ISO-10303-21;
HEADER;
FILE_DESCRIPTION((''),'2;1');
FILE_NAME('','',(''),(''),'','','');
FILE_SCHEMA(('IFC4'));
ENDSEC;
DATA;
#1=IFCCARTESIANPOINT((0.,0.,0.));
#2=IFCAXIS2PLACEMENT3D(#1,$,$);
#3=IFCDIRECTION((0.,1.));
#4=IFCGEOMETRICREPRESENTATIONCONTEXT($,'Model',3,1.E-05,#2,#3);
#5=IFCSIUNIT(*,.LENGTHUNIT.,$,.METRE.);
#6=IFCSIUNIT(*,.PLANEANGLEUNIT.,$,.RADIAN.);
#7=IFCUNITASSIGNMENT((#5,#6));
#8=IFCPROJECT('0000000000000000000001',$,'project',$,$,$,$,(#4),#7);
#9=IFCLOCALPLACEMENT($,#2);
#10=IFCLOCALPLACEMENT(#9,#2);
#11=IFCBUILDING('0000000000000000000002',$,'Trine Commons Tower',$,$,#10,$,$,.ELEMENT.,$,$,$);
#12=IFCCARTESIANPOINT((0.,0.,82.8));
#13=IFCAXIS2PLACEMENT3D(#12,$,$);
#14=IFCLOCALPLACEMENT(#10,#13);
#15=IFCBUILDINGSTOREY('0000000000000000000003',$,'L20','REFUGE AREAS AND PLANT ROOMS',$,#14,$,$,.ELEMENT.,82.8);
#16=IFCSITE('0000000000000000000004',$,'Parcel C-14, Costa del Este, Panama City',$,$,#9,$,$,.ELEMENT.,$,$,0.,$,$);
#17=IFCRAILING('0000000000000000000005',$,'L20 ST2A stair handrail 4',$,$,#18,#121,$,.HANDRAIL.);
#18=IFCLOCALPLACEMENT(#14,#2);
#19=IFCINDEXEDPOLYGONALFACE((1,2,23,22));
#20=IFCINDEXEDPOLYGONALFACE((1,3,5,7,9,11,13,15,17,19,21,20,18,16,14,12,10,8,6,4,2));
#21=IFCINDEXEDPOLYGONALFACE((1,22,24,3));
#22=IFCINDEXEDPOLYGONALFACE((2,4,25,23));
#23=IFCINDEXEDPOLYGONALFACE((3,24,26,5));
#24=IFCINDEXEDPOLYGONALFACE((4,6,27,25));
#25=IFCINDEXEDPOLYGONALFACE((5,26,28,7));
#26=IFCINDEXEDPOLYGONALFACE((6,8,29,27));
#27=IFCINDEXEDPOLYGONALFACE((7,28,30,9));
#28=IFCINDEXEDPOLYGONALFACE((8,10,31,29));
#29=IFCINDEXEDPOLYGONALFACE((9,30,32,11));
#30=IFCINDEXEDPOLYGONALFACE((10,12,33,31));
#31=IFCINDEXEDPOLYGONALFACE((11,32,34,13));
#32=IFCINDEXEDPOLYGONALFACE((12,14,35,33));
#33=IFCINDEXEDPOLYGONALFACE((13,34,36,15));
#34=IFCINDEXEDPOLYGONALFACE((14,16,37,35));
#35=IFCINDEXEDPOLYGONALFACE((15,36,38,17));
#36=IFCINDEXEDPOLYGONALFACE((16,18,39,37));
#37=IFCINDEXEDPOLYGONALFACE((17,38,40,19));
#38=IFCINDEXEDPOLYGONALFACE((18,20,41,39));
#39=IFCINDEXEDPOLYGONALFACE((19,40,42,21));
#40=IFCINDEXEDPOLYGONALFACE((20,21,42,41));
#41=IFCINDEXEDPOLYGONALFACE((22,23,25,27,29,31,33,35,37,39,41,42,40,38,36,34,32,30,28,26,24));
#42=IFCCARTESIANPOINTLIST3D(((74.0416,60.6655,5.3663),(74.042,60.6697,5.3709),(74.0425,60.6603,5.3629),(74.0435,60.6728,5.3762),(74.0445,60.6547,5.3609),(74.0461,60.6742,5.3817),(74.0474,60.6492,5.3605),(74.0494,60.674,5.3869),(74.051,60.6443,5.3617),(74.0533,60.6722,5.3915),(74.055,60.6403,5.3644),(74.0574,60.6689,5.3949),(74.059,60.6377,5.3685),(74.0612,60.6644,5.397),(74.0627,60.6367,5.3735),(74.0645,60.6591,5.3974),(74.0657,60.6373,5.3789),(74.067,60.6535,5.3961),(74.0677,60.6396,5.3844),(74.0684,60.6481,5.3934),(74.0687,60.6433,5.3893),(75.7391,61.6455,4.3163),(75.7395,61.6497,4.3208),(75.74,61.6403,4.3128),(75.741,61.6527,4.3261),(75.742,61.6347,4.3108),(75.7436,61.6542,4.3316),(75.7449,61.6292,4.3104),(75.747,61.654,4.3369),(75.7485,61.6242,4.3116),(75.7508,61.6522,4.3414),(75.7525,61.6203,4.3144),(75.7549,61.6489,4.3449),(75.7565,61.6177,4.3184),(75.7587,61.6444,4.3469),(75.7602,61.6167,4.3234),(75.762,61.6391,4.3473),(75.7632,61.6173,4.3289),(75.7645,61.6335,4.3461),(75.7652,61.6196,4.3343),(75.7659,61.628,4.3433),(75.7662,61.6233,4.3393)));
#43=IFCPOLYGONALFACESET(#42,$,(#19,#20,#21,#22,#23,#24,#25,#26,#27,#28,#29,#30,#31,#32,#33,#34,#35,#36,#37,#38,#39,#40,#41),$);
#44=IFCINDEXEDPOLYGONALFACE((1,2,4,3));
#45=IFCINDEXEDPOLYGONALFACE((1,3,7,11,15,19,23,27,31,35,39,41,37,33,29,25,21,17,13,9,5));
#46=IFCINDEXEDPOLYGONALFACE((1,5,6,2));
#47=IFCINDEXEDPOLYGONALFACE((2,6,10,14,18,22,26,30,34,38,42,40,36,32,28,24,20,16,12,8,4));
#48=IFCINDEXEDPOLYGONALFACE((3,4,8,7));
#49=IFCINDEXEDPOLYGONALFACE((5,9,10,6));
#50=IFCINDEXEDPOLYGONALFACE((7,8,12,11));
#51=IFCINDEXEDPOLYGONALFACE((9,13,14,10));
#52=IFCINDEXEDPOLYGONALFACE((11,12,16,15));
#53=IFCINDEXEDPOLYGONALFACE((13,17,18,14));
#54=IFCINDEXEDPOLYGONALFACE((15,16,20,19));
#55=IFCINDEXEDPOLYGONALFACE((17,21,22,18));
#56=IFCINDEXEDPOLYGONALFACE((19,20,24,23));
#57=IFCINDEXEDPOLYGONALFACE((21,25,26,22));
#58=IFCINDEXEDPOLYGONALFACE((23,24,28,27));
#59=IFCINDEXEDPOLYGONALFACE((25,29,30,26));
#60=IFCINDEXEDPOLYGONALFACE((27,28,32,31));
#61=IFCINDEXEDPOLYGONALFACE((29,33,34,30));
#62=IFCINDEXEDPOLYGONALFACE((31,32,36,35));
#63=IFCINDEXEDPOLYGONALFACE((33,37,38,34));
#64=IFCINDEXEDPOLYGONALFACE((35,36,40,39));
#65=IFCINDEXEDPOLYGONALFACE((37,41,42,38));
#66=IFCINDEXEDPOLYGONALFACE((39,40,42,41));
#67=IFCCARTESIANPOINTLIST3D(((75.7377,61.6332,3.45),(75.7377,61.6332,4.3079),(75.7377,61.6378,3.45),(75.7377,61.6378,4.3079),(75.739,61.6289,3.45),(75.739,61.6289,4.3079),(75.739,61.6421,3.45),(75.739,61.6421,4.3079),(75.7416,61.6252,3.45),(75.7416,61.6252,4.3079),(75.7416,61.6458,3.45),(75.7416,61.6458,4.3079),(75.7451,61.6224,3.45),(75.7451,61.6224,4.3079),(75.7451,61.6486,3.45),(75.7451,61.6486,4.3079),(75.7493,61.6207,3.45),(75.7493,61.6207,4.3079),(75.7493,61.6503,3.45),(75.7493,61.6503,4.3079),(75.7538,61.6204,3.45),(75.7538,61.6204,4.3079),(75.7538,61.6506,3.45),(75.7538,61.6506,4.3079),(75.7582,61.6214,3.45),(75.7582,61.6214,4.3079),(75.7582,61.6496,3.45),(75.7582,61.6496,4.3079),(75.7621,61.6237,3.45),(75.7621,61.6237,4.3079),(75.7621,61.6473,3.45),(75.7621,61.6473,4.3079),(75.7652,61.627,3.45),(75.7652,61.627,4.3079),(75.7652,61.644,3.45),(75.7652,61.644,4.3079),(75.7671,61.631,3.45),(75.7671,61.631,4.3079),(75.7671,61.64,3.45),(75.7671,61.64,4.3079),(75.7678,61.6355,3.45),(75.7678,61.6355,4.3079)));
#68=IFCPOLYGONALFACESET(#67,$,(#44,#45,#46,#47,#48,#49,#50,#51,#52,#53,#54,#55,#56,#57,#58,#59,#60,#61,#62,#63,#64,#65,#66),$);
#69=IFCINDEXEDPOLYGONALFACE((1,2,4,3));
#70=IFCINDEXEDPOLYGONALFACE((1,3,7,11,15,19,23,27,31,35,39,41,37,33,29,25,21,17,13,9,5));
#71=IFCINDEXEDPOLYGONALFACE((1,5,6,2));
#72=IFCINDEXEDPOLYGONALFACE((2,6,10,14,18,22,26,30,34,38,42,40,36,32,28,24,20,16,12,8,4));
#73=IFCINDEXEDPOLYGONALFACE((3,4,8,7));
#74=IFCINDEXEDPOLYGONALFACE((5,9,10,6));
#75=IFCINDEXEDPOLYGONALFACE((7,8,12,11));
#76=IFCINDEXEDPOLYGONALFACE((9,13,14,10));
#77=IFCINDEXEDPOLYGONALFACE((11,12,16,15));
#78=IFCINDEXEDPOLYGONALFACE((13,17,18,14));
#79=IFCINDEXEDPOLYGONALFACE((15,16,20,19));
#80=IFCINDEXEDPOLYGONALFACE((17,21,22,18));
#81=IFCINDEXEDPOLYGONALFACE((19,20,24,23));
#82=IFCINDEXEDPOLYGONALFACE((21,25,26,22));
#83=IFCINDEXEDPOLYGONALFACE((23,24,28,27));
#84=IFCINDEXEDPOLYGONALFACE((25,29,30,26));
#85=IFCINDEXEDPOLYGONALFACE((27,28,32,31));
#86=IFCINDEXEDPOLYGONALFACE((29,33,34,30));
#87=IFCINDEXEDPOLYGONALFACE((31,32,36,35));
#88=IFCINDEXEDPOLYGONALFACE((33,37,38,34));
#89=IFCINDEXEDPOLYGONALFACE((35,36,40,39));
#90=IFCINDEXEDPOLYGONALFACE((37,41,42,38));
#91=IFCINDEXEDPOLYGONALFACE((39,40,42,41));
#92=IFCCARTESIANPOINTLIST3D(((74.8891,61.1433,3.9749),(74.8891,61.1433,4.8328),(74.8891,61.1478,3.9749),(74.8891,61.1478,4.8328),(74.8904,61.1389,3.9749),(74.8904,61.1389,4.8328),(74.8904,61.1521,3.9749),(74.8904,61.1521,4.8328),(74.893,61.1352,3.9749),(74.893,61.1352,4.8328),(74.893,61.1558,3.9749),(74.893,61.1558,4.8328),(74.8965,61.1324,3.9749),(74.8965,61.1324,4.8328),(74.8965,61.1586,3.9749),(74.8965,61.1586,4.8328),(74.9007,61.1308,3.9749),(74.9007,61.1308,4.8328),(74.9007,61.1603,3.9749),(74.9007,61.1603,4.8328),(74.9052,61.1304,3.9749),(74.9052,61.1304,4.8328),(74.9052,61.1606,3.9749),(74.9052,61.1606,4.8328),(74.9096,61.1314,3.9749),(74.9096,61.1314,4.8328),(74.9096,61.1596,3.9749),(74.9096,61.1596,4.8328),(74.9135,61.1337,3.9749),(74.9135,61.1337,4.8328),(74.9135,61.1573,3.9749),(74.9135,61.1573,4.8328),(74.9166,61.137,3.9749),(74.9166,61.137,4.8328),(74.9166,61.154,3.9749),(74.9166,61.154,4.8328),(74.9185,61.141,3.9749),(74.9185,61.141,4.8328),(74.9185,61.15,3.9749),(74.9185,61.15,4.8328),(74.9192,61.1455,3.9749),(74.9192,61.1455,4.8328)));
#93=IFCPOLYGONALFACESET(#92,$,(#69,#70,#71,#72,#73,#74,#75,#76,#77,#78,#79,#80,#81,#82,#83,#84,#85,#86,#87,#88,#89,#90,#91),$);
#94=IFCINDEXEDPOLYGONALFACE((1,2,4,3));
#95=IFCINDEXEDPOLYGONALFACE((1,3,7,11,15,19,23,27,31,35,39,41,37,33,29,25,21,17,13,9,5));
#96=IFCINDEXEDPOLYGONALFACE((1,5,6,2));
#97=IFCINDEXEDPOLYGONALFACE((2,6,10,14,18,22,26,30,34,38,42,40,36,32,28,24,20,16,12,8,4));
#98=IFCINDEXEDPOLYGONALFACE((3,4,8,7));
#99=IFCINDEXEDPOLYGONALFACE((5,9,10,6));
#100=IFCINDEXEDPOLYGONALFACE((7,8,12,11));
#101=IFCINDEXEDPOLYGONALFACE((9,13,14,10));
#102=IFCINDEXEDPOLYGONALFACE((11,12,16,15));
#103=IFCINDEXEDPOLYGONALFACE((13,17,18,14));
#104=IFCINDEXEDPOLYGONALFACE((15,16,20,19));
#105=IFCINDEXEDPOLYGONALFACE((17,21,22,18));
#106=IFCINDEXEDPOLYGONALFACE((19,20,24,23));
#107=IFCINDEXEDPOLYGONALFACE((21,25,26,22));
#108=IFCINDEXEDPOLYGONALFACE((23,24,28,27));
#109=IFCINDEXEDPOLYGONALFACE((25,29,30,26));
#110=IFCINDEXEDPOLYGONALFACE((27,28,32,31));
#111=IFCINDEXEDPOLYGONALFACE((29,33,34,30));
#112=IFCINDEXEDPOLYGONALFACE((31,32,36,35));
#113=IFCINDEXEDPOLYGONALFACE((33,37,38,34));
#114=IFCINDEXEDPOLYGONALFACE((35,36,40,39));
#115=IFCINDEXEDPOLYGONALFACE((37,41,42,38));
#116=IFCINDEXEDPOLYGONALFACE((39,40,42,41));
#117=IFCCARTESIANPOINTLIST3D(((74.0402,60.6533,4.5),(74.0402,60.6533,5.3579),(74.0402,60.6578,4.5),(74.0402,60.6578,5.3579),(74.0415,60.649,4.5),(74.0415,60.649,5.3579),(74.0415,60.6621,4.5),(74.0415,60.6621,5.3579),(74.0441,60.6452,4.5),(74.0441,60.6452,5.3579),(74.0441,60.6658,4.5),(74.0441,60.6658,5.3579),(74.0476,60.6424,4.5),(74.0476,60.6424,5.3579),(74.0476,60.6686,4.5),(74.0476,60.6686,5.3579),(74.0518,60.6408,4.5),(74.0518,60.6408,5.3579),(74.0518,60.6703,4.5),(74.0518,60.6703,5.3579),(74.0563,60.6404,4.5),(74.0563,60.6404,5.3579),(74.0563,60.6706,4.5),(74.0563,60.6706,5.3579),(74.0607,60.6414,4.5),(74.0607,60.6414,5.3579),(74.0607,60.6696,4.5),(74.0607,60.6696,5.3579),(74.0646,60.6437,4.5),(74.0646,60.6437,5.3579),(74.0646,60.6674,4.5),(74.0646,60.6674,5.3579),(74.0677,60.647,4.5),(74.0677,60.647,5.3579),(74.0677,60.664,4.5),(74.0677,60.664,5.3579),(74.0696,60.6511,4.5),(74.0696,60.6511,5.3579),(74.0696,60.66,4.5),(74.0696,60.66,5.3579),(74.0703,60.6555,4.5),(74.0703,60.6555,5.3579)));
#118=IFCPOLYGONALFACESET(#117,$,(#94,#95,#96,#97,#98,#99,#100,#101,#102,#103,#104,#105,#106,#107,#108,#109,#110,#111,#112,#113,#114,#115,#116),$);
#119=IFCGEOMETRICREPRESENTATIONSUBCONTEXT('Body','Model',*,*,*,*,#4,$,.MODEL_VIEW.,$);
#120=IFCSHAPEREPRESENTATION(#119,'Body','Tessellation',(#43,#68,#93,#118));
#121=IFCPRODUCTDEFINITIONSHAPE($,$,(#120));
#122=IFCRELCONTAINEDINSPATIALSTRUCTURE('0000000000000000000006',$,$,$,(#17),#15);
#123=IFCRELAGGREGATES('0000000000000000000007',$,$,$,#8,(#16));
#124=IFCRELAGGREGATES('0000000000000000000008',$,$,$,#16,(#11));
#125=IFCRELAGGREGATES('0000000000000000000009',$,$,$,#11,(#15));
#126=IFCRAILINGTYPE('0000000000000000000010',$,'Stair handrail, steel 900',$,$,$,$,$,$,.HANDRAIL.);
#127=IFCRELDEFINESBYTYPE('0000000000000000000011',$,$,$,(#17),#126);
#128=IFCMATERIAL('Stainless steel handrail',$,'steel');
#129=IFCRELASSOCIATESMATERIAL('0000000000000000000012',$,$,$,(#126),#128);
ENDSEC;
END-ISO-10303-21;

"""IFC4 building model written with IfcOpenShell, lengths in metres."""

from ifc_helpers import new_model, si_unit, direction, frame, origin, origin_2d, place, context, subcontext, project, spatial, circle, extrude, material, type_object, element, save


model = new_model("IFC4")

# Units and contexts
model_context = context("Model", 3, precision=1e-05, world=origin(), true_north=direction((0.0, 1.0)))
body_context = subcontext(model_context, "Body", "Model", "MODEL_VIEW")
ifc_project = project(units=[si_unit("LENGTHUNIT", "METRE"), si_unit("PLANEANGLEUNIT", "RADIAN")], contexts=[model_context])

# Site, building, storey
site_placement = place(None, origin())
site = spatial("IfcSite", under=ifc_project, at=site_placement, Name="Parcel C-14, Costa del Este, Panama City", CompositionType="ELEMENT", RefElevation=0.0)
building_placement = place(site_placement, origin())
building = spatial("IfcBuilding", under=site, at=building_placement, Name="Trine Commons Tower", CompositionType="ELEMENT")
storey_placement = place(building_placement, frame((0.0, 0.0, 82.8)))
storey = spatial("IfcBuildingStorey", under=building, at=storey_placement, Name="L20", Description="REFUGE AREAS AND PLANT ROOMS", CompositionType="ELEMENT", Elevation=82.8)

# Railing
ifc_material_1 = material(Name="Stainless steel handrail", Category="steel")
railing_type_1 = type_object("IfcRailingType", Name="Stair handrail, steel 900", PredefinedType="HANDRAIL", material=ifc_material_1)
railing_1_placement = place(storey_placement, frame((75.7527, 61.6355, 3.45)))
element("IfcRailing", 1, at=railing_1_placement, inside=storey, type_object=railing_type_1, Name="L20 ST2A stair handrail 4", PredefinedType="HANDRAIL", context=body_context, shape_type="SweptSolid", body=[
    extrude(circle(Radius=0.021, at=origin_2d()), frame((0.0, 0.0, 0.8789), z_axis=(-0.763398, -0.440713, 0.472224), x_axis=(0.49997, -0.866042, 0.0)), (0.0, 0.0, 1.0), 2.2236),
    extrude(circle(Radius=0.0151, at=origin_2d()), origin(), (0.0, 0.0, 1.0), 0.8579),
    extrude(circle(Radius=0.0151, at=origin_2d()), frame((-0.8486, -0.49, 0.5249)), (0.0, 0.0, 1.0), 0.8579),
    extrude(circle(Radius=0.0151, at=origin_2d()), frame((-1.6975, -0.98, 1.05)), (0.0, 0.0, 1.0), 0.8579),
])

save(model, "model.ifc")
